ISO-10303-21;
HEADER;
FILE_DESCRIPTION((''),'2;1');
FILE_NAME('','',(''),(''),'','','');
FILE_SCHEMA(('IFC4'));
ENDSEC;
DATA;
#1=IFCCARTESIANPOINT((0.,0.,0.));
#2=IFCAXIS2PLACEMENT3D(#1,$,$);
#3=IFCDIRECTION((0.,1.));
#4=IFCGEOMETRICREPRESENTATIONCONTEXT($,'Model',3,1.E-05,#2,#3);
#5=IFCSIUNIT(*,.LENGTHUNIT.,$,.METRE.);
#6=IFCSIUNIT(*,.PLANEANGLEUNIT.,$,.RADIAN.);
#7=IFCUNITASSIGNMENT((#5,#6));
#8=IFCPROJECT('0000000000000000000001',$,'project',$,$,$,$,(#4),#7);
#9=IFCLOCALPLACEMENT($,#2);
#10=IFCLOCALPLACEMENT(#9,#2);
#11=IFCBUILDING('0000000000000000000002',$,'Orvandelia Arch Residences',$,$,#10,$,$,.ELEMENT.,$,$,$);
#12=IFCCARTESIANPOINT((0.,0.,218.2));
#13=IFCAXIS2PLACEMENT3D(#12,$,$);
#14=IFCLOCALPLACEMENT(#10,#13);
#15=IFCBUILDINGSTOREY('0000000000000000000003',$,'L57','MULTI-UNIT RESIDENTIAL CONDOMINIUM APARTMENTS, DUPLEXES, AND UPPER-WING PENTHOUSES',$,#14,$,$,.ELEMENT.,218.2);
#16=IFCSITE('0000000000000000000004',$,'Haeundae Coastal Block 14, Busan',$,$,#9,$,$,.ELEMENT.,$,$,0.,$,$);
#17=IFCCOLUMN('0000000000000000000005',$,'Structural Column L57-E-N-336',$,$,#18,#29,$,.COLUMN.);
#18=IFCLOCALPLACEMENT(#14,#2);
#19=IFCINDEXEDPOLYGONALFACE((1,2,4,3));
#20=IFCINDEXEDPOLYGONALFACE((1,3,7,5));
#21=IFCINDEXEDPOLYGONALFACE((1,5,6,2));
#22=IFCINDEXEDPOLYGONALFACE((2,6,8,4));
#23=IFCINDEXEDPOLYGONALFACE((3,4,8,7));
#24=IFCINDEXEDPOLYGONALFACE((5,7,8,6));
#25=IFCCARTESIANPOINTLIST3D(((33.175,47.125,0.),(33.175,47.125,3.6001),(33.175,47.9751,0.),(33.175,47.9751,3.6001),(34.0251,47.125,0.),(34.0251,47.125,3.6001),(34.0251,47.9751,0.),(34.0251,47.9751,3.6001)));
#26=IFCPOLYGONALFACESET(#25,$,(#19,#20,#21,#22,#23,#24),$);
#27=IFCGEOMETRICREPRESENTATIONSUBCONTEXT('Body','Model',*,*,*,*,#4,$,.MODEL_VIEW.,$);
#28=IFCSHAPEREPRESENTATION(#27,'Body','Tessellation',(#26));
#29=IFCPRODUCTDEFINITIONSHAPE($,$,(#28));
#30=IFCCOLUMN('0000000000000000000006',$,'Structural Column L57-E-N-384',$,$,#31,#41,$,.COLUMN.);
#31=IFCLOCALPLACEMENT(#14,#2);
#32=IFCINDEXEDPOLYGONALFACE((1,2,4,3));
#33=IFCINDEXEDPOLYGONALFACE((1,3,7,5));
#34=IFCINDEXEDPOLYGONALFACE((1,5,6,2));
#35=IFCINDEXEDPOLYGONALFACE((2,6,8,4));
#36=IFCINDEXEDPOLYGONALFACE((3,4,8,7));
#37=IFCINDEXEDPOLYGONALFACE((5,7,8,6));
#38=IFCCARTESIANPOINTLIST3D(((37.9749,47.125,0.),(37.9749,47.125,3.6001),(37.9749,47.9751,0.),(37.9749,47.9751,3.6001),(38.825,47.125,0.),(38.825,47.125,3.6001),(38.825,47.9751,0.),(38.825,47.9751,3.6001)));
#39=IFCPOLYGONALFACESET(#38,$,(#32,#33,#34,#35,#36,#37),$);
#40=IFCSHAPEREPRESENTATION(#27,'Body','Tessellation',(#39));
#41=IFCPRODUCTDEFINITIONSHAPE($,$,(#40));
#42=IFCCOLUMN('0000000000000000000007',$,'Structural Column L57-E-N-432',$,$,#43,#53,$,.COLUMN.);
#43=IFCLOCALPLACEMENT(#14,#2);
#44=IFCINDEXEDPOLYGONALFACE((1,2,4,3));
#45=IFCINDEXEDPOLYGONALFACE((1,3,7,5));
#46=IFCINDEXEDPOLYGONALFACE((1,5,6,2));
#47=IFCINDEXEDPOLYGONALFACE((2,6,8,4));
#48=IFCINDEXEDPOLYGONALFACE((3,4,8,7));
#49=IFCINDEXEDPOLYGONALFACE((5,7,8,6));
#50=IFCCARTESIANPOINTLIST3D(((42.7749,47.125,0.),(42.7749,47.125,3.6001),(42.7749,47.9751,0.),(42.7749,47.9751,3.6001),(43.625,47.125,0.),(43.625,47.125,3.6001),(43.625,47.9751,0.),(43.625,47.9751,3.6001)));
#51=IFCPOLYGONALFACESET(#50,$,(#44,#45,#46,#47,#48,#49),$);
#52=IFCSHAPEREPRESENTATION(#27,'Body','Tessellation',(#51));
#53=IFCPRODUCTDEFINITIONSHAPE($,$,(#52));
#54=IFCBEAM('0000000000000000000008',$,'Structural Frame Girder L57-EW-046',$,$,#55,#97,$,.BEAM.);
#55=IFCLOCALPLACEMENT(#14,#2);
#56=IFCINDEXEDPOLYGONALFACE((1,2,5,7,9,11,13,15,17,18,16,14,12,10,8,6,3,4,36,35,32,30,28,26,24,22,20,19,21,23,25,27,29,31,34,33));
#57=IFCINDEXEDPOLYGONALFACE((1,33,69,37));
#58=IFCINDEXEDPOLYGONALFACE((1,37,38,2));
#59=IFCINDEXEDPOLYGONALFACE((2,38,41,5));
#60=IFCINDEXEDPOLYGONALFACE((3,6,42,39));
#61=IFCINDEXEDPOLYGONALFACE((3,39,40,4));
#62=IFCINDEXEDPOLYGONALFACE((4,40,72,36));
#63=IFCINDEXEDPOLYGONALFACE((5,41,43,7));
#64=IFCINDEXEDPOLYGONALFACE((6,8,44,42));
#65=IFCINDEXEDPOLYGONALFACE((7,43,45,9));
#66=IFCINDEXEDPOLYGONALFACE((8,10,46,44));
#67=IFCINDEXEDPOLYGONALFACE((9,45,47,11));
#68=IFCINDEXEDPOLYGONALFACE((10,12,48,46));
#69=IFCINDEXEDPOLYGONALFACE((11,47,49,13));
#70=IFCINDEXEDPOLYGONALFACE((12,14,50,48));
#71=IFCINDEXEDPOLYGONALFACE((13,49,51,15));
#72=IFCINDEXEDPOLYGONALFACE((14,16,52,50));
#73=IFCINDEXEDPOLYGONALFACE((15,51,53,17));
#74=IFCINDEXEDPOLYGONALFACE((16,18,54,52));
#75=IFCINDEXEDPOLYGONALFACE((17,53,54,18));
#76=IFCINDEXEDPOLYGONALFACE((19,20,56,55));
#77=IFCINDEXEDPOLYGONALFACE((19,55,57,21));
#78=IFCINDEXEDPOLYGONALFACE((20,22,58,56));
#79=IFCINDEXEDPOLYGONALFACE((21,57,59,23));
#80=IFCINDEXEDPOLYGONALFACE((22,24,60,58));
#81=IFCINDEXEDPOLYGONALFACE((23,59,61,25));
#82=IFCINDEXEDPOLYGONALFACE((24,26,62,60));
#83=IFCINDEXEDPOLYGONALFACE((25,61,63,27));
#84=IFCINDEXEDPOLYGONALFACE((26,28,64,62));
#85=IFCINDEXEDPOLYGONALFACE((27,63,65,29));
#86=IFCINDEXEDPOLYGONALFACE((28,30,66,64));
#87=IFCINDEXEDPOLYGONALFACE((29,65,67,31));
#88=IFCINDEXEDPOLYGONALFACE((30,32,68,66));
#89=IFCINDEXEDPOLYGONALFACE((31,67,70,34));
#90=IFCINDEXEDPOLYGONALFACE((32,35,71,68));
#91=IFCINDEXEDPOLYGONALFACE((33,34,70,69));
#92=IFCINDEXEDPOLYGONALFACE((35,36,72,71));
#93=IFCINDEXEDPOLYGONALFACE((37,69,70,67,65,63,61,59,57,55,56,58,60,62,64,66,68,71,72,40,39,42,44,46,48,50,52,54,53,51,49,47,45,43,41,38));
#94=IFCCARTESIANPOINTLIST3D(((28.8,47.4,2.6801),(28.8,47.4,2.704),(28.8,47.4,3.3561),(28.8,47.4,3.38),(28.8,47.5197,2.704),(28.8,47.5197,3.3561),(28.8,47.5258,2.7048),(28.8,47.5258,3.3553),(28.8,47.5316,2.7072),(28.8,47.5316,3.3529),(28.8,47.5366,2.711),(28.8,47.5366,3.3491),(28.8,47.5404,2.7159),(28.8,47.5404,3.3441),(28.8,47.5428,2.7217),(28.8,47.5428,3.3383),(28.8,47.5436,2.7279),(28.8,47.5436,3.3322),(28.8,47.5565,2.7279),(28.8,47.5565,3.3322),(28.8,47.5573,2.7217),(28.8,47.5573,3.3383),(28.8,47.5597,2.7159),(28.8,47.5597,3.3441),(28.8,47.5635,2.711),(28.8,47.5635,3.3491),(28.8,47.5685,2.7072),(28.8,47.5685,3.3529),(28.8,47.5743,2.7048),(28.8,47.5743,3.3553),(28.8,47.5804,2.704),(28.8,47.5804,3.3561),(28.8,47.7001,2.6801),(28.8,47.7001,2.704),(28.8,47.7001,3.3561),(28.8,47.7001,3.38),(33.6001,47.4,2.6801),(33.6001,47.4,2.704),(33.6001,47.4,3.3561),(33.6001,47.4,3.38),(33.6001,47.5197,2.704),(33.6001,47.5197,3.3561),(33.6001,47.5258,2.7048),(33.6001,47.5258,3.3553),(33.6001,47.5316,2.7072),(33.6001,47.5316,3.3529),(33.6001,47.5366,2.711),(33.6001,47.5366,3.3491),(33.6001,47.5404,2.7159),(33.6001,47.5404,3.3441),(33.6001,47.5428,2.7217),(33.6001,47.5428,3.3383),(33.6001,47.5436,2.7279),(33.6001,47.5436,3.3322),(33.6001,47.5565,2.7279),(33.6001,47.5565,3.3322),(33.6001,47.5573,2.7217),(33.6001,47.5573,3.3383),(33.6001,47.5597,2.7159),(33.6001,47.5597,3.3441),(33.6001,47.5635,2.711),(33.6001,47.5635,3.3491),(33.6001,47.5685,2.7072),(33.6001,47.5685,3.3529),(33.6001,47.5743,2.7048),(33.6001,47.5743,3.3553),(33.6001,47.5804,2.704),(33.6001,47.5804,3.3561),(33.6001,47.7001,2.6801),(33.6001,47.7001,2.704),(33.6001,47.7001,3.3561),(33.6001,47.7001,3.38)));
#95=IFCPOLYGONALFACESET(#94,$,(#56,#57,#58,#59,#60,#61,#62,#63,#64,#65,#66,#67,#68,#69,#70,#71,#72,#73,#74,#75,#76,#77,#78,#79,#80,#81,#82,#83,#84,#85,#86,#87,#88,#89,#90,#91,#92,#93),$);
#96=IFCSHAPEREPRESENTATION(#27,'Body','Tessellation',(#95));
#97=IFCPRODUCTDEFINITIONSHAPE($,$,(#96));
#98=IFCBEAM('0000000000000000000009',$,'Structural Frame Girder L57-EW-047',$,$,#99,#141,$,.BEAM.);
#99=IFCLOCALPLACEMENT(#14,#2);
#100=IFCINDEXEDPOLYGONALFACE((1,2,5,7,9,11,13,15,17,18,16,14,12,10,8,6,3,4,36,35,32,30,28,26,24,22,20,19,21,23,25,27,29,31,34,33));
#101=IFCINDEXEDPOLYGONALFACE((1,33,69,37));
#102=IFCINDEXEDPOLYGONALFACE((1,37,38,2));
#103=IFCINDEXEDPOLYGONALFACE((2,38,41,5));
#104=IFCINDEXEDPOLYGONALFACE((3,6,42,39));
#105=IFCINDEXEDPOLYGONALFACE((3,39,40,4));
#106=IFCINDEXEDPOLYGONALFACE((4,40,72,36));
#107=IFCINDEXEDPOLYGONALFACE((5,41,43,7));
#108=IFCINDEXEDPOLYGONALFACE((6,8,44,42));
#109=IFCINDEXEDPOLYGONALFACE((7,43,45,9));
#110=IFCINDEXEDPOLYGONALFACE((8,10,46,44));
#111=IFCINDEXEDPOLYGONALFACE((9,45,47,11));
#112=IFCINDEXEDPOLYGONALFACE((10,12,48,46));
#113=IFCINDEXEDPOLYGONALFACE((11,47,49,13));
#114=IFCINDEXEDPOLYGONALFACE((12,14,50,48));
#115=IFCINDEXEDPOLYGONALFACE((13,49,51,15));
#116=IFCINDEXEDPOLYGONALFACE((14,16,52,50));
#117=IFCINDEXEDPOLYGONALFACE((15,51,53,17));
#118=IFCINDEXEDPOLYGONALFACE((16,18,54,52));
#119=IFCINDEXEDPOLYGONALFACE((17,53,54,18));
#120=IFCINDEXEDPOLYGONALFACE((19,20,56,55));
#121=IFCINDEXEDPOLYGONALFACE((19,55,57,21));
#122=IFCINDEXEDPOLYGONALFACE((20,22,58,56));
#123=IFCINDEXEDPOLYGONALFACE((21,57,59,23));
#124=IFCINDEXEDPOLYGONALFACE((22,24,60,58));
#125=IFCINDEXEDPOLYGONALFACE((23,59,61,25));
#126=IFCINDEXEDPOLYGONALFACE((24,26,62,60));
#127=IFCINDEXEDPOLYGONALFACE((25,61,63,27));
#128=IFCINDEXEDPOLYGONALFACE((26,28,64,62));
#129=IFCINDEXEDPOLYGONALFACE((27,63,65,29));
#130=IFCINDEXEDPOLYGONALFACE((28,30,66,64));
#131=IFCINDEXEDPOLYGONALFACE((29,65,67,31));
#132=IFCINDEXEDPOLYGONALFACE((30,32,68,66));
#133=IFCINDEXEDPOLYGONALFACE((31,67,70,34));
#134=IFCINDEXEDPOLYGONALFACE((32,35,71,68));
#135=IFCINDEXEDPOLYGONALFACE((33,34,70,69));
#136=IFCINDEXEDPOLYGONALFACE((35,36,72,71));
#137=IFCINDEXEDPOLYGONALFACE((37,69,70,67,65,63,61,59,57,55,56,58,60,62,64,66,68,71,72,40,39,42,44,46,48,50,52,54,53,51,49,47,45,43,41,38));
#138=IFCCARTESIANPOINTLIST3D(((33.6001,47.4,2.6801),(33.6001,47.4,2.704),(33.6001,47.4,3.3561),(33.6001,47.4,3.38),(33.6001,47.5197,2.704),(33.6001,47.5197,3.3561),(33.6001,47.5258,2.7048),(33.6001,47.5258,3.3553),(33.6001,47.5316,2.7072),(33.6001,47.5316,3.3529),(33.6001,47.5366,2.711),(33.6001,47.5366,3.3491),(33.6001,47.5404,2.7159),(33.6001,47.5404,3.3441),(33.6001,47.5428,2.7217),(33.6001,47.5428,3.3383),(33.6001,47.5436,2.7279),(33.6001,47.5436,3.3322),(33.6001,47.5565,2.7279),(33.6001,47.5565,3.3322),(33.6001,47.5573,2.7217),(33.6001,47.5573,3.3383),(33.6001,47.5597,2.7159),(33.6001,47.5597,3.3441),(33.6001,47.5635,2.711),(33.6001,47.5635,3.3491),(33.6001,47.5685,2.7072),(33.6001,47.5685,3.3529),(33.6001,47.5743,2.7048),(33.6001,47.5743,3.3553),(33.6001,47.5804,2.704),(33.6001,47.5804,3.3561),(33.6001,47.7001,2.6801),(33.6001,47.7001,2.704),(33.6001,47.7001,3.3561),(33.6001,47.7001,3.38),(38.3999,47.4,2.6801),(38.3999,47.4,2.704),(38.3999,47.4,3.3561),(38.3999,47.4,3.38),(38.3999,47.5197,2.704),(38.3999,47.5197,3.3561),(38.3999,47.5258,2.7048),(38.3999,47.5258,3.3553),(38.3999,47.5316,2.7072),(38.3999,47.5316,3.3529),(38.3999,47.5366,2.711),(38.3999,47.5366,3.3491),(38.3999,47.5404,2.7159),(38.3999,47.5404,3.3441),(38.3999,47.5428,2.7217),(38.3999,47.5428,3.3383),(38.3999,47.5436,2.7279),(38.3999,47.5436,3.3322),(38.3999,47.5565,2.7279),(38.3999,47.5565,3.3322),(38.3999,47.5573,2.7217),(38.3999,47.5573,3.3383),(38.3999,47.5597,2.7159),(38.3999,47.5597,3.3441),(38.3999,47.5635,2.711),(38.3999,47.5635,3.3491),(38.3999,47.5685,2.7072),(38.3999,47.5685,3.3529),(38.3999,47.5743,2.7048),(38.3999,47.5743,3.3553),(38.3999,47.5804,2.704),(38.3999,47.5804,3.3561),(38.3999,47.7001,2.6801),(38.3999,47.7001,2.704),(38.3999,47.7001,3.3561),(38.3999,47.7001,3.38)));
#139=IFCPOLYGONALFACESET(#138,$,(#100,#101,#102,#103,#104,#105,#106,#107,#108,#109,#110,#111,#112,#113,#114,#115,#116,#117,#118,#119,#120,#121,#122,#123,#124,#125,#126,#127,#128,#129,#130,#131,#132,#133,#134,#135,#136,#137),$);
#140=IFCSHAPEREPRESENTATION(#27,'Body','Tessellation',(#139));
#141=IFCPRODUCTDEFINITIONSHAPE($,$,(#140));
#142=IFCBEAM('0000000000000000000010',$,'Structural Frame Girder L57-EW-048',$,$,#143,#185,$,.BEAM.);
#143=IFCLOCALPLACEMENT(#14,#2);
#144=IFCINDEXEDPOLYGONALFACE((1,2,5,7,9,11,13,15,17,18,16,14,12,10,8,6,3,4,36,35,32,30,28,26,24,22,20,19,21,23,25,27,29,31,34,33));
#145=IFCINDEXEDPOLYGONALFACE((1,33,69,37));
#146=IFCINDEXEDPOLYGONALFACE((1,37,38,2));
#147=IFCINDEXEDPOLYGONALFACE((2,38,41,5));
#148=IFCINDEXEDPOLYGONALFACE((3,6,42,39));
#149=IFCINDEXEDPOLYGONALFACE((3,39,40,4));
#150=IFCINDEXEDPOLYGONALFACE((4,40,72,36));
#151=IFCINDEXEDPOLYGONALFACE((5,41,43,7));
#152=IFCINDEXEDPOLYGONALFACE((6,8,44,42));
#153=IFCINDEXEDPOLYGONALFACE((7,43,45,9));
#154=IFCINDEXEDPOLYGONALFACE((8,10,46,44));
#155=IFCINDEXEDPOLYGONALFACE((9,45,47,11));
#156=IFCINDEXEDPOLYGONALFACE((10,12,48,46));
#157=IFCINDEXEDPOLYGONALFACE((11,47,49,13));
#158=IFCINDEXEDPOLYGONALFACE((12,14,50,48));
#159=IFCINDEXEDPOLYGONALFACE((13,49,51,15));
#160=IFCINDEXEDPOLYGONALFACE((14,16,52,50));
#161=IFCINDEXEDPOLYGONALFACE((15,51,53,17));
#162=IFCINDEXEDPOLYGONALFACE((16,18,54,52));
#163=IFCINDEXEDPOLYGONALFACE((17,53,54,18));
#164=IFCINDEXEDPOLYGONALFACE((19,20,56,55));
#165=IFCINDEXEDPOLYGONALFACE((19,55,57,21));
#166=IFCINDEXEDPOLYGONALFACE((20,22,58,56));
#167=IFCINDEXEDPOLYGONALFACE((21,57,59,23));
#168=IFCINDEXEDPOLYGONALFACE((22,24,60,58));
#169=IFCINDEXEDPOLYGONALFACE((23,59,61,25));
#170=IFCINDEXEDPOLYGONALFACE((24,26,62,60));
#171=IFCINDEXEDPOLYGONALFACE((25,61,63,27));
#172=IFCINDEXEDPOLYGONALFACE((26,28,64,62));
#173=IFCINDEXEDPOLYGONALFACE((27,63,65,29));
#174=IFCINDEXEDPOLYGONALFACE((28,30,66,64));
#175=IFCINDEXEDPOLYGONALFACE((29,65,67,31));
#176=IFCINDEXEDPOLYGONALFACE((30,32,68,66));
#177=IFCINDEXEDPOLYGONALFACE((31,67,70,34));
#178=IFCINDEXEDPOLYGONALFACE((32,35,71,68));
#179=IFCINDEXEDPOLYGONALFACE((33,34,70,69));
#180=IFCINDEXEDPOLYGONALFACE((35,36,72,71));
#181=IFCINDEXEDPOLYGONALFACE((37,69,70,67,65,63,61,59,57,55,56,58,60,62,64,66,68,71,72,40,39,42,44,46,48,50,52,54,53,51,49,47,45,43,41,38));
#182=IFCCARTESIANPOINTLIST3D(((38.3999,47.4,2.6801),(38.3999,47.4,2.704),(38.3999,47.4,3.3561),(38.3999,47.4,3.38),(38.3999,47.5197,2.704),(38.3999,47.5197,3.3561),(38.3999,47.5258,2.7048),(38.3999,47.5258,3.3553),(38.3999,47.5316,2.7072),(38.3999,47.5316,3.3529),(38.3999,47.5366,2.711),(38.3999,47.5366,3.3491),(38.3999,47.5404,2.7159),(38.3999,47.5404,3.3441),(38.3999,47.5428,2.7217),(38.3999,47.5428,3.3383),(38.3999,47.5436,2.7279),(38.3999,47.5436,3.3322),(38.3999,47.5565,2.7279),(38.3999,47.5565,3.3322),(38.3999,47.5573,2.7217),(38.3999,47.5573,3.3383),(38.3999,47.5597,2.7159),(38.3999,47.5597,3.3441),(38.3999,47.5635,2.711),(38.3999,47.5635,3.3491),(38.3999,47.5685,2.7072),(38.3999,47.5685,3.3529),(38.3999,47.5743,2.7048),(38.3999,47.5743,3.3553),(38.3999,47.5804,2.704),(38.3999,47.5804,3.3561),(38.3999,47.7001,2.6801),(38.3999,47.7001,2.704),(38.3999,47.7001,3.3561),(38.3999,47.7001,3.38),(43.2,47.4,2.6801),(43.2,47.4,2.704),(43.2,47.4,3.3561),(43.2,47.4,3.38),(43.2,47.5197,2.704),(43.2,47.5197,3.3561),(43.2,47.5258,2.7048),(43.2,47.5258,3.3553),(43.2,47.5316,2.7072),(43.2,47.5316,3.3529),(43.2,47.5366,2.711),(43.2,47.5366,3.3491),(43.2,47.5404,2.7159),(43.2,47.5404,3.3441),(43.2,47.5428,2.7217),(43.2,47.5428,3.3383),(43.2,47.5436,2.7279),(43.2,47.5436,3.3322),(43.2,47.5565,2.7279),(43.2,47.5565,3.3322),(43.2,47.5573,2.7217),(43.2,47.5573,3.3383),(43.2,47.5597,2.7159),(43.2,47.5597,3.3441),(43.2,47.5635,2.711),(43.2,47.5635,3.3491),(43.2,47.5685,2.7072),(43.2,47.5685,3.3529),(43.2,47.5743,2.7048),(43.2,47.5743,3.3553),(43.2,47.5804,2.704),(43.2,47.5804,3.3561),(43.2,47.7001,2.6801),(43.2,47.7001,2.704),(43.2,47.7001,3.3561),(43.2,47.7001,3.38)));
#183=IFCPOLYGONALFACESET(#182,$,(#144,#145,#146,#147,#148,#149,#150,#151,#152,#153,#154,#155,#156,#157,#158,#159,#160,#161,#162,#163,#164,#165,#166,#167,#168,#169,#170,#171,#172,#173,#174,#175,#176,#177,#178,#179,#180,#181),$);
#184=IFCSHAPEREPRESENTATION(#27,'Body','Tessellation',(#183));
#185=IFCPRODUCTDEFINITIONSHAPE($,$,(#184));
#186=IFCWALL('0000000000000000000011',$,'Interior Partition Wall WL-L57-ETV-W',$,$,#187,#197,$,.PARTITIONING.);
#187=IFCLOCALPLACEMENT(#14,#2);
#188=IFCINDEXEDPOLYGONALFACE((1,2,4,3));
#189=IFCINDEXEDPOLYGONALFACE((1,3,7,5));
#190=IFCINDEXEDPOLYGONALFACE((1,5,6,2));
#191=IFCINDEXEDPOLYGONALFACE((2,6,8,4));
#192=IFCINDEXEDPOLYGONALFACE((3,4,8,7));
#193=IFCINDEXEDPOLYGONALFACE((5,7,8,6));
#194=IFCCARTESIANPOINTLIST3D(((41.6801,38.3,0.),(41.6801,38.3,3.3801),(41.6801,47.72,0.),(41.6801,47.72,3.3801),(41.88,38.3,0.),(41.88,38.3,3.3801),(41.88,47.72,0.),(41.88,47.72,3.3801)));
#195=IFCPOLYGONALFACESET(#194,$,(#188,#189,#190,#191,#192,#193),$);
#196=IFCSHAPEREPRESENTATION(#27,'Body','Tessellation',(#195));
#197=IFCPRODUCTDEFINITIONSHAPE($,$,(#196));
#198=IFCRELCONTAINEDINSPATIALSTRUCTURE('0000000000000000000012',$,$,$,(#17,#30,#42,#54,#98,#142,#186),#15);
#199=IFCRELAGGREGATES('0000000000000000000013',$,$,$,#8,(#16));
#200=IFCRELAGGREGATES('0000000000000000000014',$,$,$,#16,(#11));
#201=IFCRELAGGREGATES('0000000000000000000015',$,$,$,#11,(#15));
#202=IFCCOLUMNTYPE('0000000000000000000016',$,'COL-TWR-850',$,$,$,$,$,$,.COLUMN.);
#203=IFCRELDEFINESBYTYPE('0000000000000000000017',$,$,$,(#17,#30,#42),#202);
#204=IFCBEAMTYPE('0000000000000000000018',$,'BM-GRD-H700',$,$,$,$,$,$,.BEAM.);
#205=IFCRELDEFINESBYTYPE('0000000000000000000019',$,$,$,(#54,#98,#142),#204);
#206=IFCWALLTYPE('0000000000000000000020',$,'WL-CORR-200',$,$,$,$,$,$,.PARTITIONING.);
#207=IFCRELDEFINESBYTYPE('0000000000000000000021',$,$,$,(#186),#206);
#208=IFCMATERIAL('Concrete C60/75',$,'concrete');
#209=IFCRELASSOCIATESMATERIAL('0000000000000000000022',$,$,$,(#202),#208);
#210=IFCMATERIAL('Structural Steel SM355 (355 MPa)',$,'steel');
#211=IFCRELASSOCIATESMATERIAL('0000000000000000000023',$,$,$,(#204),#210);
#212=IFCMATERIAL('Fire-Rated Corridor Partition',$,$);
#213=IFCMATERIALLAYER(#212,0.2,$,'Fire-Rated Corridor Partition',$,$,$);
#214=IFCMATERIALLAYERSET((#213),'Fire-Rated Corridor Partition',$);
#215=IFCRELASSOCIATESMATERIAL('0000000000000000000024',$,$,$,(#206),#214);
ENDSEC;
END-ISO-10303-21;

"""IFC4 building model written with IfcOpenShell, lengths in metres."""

from ifc_helpers import new_model, si_unit, direction, frame, frame_2d, origin, origin_2d, place, context, subcontext, project, spatial, rectangle, i_section, extrude, material, layer, layer_set, material_profile, profile_set, type_object, element, save


model = new_model("IFC4")

# Units and contexts
model_context = context("Model", 3, precision=1e-05, world=origin(), true_north=direction((0.0, 1.0)))
body_context = subcontext(model_context, "Body", "Model", "MODEL_VIEW")
ifc_project = project(units=[si_unit("LENGTHUNIT", "METRE"), si_unit("PLANEANGLEUNIT", "RADIAN")], contexts=[model_context])

# Site, building, storey
site_placement = place(None, origin())
site = spatial("IfcSite", under=ifc_project, at=site_placement, Name="Haeundae Coastal Block 14, Busan", CompositionType="ELEMENT", RefElevation=0.0)
building_placement = place(site_placement, origin())
building = spatial("IfcBuilding", under=site, at=building_placement, Name="Orvandelia Arch Residences", CompositionType="ELEMENT")
storey_placement = place(building_placement, frame((0.0, 0.0, 218.2)))
storey = spatial("IfcBuildingStorey", under=building, at=storey_placement, Name="L57", Description="MULTI-UNIT RESIDENTIAL CONDOMINIUM APARTMENTS, DUPLEXES, AND UPPER-WING PENTHOUSES", CompositionType="ELEMENT", Elevation=218.2)

# Columns
ifc_material_1 = material(Name="Concrete C60/75", Category="concrete")
ifc_material_profile_1 = material_profile(ifc_material_1, rectangle(XDim=0.8501, YDim=0.8501, at=origin_2d()), Name="Concrete C60/75", Category="concrete")
ifc_profile_set_1 = profile_set([ifc_material_profile_1], Name="Concrete C60/75")
column_type = type_object("IfcColumnType", Name="COL-TWR-850", PredefinedType="COLUMN", material=ifc_profile_set_1)
for number, where, z_axis, x_axis, name in (
    (1, (33.6001, 47.55, 0.0), (0.0, 0.0, 1.0), (1.0, 0.0, 0.0), "Structural Column L57-E-N-336"),
    (2, (38.3999, 47.55, 0.0), (0.0, 0.0, 1.0), (1.0, 0.0, 0.0), "Structural Column L57-E-N-384"),
    (3, (43.2, 47.55, 0.0), (0.0, 0.0, 1.0), (1.0, 0.0, 0.0), "Structural Column L57-E-N-432"),
):
    element("IfcColumn", number, at=place(storey_placement, frame(where, z_axis=z_axis, x_axis=x_axis)), inside=storey, type_object=column_type, Name=name, PredefinedType="COLUMN", context=body_context, shape_type="SweptSolid", body=[
        extrude(rectangle(XDim=0.8501, YDim=0.8501, at=origin_2d()), origin(), (0.0, 0.0, 1.0), 3.6001),
    ])

# Beams
ifc_material_2 = material(Name="Structural Steel SM355 (355 MPa)", Category="steel")
ifc_material_profile_2 = material_profile(ifc_material_2, i_section(OverallWidth=0.3, OverallDepth=0.7, WebThickness=0.0129, FlangeThickness=0.0239, FilletRadius=0.0239, at=origin_2d()), Name="Structural Steel SM355 (355 MPa)", Category="steel")
ifc_profile_set_2 = profile_set([ifc_material_profile_2], Name="Structural Steel SM355 (355 MPa)")
beam_type = type_object("IfcBeamType", Name="BM-GRD-H700", PredefinedType="BEAM", material=ifc_profile_set_2)
beam_1_placement = place(storey_placement, frame((28.8, 47.55, 3.03), z_axis=(1.0, 0.0, 0.0), x_axis=(0.0, 1.0, 0.0)))
element("IfcBeam", 4, at=beam_1_placement, inside=storey, type_object=beam_type, Name="Structural Frame Girder L57-EW-046", PredefinedType="BEAM", context=body_context, shape_type="SweptSolid", body=[
    extrude(i_section(OverallWidth=0.3, OverallDepth=0.7, WebThickness=0.0129, FlangeThickness=0.0239, FilletRadius=0.0239, at=origin_2d()), origin(), (0.0, 0.0, 1.0), 4.8),
])
beam_2_placement = place(storey_placement, frame((33.6001, 47.55, 3.03), z_axis=(1.0, 0.0, 0.0), x_axis=(0.0, 1.0, 0.0)))
element("IfcBeam", 5, at=beam_2_placement, inside=storey, type_object=beam_type, Name="Structural Frame Girder L57-EW-047", PredefinedType="BEAM", context=body_context, shape_type="SweptSolid", body=[
    extrude(i_section(OverallWidth=0.3, OverallDepth=0.7, WebThickness=0.0129, FlangeThickness=0.0239, FilletRadius=0.0239, at=origin_2d()), origin(), (0.0, 0.0, 1.0), 4.7998),
])
beam_3_placement = place(storey_placement, frame((38.3999, 47.55, 3.03), z_axis=(1.0, 0.0, 0.0), x_axis=(0.0, 1.0, 0.0)))
element("IfcBeam", 6, at=beam_3_placement, inside=storey, type_object=beam_type, Name="Structural Frame Girder L57-EW-048", PredefinedType="BEAM", context=body_context, shape_type="SweptSolid", body=[
    extrude(i_section(OverallWidth=0.3, OverallDepth=0.7, WebThickness=0.0129, FlangeThickness=0.0239, FilletRadius=0.0239, at=origin_2d()), origin(), (0.0, 0.0, 1.0), 4.8),
])

# Wall
ifc_material_3 = material(Name="Fire-Rated Corridor Partition")
ifc_layer_1 = layer(ifc_material_3, 0.2, Name="Fire-Rated Corridor Partition")
ifc_layer_set_1 = layer_set([ifc_layer_1], Name="Fire-Rated Corridor Partition")
wall_type_1 = type_object("IfcWallType", Name="WL-CORR-200", PredefinedType="PARTITIONING", material=ifc_layer_set_1)
wall_1_placement = place(storey_placement, frame((41.78, 38.3, 0.0), z_axis=(0.0, 0.0, 1.0), x_axis=(0.0, 1.0, 0.0)))
element("IfcWall", 7, at=wall_1_placement, inside=storey, type_object=wall_type_1, Name="Interior Partition Wall WL-L57-ETV-W", PredefinedType="PARTITIONING", context=body_context, shape_type="SweptSolid", body=[
    extrude(rectangle(XDim=9.4199, YDim=0.2, at=frame_2d((4.71, 0.0))), origin(), (0.0, 0.0, 1.0), 3.3801),
])

save(model, "model.ifc")
